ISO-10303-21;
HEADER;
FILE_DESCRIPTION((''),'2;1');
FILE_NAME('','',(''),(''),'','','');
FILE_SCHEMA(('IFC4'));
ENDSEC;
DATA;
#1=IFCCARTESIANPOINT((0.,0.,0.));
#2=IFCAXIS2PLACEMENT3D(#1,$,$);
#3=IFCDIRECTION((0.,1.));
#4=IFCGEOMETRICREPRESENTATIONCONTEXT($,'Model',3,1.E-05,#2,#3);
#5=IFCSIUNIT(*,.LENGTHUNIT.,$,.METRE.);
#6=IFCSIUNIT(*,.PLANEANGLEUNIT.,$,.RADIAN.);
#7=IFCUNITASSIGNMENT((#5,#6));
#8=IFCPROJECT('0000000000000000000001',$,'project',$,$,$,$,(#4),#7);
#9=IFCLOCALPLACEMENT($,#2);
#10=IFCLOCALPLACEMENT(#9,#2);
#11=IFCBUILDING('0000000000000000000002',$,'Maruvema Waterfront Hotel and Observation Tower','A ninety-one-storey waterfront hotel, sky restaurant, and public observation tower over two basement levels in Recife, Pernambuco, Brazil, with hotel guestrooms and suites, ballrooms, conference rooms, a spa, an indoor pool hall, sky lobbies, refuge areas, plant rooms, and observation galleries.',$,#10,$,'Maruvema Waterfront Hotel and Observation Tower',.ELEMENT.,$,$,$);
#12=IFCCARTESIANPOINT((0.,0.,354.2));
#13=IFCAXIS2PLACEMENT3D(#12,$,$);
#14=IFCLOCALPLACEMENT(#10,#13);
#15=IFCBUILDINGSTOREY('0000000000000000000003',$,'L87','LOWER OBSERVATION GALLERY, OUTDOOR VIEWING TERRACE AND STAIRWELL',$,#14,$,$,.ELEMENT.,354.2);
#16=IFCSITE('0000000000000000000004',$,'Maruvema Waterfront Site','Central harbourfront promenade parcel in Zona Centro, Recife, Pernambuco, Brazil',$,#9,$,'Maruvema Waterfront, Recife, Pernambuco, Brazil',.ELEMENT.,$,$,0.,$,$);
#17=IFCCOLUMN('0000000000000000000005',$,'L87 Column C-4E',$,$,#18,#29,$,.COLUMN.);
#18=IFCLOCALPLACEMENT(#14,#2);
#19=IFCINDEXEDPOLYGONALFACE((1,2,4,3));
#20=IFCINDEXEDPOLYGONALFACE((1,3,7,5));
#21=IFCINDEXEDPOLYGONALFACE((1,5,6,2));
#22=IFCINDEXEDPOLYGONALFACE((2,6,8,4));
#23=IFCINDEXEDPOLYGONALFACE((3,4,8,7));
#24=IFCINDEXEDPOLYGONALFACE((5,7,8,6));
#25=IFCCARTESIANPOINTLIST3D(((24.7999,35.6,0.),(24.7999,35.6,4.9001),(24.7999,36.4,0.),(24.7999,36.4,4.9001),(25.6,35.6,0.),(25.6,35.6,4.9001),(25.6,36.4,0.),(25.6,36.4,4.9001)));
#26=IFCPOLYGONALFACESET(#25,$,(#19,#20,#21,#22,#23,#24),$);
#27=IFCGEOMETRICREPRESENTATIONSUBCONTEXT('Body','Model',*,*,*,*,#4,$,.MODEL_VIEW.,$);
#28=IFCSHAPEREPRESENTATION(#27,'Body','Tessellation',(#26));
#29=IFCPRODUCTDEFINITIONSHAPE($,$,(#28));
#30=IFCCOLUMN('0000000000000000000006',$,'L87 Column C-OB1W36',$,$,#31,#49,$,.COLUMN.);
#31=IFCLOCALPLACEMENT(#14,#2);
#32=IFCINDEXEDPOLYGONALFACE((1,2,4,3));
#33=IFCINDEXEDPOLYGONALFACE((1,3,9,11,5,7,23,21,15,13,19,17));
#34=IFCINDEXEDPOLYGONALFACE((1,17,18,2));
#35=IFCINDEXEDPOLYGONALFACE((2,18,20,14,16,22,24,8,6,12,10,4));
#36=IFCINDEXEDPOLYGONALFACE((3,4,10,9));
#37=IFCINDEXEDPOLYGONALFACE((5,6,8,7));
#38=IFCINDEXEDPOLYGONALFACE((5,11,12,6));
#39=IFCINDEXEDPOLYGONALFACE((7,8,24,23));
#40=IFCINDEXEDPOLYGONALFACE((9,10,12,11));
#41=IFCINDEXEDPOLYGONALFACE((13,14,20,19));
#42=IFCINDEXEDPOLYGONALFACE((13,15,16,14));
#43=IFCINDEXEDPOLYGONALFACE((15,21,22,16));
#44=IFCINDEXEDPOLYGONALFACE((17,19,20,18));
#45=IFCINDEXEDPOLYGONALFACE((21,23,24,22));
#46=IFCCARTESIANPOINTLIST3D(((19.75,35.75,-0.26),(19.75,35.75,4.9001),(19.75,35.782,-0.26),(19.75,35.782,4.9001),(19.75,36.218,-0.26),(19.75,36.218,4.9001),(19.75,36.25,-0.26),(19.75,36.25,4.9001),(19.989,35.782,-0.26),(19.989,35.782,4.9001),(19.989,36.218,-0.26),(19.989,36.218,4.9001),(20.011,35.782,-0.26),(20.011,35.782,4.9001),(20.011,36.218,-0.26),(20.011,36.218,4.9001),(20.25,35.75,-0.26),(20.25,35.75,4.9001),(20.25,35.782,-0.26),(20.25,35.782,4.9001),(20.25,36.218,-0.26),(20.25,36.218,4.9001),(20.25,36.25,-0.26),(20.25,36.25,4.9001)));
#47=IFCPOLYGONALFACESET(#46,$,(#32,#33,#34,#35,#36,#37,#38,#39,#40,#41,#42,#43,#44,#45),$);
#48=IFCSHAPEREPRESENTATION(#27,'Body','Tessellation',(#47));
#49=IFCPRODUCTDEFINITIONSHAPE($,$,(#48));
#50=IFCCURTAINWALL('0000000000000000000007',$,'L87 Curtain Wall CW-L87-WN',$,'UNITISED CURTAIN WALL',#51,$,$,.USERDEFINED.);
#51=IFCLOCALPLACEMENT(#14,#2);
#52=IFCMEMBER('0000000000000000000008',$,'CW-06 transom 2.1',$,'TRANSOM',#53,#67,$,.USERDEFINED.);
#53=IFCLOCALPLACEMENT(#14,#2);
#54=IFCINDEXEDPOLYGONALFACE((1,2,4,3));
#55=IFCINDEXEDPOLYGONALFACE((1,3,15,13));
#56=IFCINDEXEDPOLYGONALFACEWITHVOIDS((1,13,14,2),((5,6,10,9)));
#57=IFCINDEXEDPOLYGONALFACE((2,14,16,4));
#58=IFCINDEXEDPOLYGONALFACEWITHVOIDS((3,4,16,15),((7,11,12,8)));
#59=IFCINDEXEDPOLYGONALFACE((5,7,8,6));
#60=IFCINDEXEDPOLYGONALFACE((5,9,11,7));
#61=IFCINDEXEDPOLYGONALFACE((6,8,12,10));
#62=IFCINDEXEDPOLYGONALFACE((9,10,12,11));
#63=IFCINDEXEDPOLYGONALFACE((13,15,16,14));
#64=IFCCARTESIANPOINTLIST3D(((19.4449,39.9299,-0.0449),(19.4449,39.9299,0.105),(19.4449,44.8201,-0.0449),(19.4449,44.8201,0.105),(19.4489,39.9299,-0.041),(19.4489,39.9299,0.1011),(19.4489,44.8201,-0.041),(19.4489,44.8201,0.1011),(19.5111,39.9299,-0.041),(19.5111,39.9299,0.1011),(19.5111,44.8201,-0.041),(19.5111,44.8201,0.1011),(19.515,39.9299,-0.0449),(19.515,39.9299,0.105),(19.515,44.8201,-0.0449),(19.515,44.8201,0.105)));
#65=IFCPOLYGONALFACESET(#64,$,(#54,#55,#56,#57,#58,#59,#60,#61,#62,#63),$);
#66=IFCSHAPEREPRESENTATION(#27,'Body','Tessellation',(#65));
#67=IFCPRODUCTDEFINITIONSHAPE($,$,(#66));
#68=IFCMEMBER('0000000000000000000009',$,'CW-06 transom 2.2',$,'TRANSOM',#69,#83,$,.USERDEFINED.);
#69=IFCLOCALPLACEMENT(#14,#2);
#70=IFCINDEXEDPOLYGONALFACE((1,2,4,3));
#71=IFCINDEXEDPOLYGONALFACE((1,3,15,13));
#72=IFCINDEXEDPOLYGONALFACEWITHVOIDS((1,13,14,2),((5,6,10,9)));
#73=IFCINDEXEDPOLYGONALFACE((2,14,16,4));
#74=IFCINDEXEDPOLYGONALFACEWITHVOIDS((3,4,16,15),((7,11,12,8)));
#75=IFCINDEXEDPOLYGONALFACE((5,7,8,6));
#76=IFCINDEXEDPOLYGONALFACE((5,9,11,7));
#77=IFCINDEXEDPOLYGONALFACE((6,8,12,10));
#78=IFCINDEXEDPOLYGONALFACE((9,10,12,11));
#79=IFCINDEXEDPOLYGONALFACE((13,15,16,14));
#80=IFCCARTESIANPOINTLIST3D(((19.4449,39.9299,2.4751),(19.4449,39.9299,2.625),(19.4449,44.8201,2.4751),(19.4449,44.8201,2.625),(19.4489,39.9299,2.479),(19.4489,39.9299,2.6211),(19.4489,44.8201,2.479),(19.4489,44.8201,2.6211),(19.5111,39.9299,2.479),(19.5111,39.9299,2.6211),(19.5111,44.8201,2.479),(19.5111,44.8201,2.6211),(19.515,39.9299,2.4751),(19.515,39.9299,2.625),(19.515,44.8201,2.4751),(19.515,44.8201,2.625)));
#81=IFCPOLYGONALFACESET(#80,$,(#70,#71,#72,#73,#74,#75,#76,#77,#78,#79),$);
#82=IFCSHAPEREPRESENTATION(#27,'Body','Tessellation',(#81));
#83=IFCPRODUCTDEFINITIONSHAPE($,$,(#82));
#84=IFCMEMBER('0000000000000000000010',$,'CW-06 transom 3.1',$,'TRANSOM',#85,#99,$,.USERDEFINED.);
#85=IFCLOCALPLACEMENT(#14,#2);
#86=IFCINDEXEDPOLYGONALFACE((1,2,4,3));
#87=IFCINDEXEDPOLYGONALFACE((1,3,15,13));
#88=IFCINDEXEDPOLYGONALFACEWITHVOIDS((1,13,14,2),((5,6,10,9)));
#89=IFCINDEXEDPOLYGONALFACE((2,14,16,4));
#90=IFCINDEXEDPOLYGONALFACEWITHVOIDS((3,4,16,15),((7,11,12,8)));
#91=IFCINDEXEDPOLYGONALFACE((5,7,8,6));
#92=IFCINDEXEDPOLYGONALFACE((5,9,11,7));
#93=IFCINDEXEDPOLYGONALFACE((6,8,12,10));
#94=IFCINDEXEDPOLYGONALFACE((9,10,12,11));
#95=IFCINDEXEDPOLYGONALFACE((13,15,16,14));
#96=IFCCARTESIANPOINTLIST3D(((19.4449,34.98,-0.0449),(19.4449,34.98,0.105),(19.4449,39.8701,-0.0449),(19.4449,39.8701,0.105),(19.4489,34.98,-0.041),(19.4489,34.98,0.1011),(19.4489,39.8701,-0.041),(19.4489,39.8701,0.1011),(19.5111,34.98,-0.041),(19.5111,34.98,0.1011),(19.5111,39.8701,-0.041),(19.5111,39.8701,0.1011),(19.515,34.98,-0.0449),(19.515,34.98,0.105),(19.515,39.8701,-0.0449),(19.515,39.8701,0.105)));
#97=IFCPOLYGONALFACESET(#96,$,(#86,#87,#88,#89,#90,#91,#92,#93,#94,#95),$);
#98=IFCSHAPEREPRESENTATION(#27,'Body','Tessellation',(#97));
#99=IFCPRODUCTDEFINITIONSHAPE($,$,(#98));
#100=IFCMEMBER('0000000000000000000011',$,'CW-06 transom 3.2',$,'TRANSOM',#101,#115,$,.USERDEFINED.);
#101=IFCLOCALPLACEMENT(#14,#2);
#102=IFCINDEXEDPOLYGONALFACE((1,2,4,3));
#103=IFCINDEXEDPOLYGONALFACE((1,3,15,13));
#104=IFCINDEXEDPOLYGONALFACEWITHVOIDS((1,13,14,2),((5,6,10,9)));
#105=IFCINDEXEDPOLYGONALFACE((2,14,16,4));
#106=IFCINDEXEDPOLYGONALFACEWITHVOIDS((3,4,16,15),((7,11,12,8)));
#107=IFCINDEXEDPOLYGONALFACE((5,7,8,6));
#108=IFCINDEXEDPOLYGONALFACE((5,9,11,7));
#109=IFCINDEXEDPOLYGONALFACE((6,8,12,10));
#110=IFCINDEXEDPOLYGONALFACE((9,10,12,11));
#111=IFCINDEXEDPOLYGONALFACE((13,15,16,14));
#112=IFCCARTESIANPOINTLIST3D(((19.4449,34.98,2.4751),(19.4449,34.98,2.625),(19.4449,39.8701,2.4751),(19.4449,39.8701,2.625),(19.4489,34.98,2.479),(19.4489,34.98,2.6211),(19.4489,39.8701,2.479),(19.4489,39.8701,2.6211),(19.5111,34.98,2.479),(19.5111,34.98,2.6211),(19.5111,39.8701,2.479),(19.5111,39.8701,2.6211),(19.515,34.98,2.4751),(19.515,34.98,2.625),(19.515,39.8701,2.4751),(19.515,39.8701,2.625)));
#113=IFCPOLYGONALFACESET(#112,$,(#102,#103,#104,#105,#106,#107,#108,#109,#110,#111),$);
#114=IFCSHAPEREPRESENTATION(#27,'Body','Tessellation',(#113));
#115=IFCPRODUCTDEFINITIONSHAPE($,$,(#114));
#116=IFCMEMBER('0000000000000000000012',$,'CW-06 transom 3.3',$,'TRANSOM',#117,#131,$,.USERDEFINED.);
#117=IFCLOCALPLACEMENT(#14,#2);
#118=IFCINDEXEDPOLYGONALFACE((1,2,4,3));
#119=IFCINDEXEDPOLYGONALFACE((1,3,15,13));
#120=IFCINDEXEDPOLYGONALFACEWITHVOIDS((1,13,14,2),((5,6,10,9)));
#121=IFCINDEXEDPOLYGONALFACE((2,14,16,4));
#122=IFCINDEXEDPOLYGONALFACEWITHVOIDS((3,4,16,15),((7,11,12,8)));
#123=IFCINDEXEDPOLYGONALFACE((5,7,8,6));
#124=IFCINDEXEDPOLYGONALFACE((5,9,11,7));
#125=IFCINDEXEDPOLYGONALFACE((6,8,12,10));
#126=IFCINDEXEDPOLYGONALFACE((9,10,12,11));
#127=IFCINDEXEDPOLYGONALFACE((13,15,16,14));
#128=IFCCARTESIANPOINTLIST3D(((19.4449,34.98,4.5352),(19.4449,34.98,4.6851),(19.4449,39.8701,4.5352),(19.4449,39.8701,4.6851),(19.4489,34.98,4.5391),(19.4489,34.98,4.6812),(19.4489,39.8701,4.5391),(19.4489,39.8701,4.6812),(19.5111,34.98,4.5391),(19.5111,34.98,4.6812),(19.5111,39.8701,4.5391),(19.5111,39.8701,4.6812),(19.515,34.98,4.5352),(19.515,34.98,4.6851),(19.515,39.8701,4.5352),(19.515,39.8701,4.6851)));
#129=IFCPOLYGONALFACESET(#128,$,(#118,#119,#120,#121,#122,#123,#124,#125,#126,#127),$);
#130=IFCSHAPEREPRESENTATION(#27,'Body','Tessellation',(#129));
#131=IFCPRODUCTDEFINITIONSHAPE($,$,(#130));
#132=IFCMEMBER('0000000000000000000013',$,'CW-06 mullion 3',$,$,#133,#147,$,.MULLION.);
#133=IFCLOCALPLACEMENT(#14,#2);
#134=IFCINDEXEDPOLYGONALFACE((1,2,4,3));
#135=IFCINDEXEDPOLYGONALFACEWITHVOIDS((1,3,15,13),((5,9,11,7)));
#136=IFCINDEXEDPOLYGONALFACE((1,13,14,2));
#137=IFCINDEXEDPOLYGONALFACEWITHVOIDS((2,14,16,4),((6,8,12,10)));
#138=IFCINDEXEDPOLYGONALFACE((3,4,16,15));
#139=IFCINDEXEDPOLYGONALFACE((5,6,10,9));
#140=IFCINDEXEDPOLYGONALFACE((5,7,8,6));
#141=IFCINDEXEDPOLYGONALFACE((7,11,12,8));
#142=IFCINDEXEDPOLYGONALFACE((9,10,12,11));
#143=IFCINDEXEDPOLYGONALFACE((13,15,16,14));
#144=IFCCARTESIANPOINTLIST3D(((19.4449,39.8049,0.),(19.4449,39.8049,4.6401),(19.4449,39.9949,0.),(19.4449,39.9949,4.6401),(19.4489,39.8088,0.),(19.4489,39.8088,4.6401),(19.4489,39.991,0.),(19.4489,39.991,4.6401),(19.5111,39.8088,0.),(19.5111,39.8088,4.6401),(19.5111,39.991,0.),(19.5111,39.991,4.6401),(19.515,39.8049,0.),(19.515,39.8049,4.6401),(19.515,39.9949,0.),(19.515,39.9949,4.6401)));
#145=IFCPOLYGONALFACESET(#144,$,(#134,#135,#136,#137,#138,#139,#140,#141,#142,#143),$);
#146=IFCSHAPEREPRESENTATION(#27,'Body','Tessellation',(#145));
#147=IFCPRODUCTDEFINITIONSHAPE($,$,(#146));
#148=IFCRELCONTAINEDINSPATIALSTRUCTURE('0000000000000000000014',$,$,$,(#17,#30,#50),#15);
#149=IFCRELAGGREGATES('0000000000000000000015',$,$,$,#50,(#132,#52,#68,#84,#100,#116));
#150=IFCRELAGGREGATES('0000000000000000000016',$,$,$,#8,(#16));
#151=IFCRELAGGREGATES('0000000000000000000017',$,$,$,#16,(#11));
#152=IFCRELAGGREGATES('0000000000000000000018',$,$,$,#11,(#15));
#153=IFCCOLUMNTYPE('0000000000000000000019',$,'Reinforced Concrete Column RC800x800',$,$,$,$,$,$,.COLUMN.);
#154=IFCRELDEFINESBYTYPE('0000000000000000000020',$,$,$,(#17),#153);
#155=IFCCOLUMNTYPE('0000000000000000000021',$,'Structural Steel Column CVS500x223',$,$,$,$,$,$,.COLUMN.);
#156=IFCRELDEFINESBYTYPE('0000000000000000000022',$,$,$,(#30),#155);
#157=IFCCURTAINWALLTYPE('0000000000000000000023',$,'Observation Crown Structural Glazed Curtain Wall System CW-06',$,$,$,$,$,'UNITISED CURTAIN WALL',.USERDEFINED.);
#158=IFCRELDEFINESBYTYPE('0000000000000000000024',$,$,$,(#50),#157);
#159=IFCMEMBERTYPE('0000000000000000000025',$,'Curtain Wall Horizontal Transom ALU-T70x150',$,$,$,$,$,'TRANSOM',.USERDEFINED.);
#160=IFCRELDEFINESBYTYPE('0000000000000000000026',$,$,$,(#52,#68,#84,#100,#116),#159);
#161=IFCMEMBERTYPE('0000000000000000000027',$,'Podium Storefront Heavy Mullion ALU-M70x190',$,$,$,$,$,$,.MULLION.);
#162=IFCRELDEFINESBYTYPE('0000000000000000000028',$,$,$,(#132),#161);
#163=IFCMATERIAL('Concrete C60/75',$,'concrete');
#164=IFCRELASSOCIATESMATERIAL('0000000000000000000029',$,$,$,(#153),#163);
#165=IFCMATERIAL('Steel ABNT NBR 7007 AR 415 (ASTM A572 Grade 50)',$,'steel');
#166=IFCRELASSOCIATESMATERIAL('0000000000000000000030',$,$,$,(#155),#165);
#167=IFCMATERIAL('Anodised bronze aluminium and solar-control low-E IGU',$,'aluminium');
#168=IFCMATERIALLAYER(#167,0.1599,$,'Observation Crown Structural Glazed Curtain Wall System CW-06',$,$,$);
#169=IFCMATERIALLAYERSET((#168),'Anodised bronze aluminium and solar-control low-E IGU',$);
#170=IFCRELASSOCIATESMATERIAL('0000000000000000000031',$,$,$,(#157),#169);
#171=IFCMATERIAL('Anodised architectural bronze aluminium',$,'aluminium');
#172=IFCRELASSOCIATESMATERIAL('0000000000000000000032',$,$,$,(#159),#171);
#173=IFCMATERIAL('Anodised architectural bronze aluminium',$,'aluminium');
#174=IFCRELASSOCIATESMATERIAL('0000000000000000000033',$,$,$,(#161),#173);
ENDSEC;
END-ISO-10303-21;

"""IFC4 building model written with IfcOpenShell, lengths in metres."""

from ifc_helpers import new_model, si_unit, direction, frame, origin, origin_2d, place, context, subcontext, project, spatial, rectangle, hollow_rectangle, i_section, extrude, material, layer, layer_set, material_profile, profile_set, type_object, element, aggregate, save


model = new_model("IFC4")

# Units and contexts
model_context = context("Model", 3, precision=1e-05, world=origin(), true_north=direction((0.0, 1.0)))
body_context = subcontext(model_context, "Body", "Model", "MODEL_VIEW")
ifc_project = project(units=[si_unit("LENGTHUNIT", "METRE"), si_unit("PLANEANGLEUNIT", "RADIAN")], contexts=[model_context])

# Site, building, storey
site_placement = place(None, origin())
site = spatial("IfcSite", under=ifc_project, at=site_placement, Name="Maruvema Waterfront Site", Description="Central harbourfront promenade parcel in Zona Centro, Recife, Pernambuco, Brazil", LongName="Maruvema Waterfront, Recife, Pernambuco, Brazil", CompositionType="ELEMENT", RefElevation=0.0)
building_placement = place(site_placement, origin())
building = spatial("IfcBuilding", under=site, at=building_placement, Name="Maruvema Waterfront Hotel and Observation Tower", Description="A ninety-one-storey waterfront hotel, sky restaurant, and public observation tower over two basement levels in Recife, Pernambuco, Brazil, with hotel guestrooms and suites, ballrooms, conference rooms, a spa, an indoor pool hall, sky lobbies, refuge areas, plant rooms, and observation galleries.", LongName="Maruvema Waterfront Hotel and Observation Tower", CompositionType="ELEMENT")
storey_placement = place(building_placement, frame((0.0, 0.0, 354.2)))
storey = spatial("IfcBuildingStorey", under=building, at=storey_placement, Name="L87", Description="LOWER OBSERVATION GALLERY, OUTDOOR VIEWING TERRACE AND STAIRWELL", CompositionType="ELEMENT", Elevation=354.2)

# Columns
ifc_material_1 = material(Name="Concrete C60/75", Category="concrete")
ifc_material_profile_1 = material_profile(ifc_material_1, rectangle(XDim=0.8, YDim=0.8, at=origin_2d()), Name="RC800x800")
ifc_profile_set_1 = profile_set([ifc_material_profile_1], Name="Concrete C60/75")
column_type_1 = type_object("IfcColumnType", Name="Reinforced Concrete Column RC800x800", PredefinedType="COLUMN", material=ifc_profile_set_1)
column_1_placement = place(storey_placement, frame((25.2, 36.0, 0.0), z_axis=(0.0, 0.0, 1.0), x_axis=(1.0, 0.0, 0.0)))
element("IfcColumn", 1, at=column_1_placement, inside=storey, type_object=column_type_1, Name="L87 Column C-4E", PredefinedType="COLUMN", context=body_context, shape_type="SweptSolid", body=[
    extrude(rectangle(XDim=0.8, YDim=0.8, at=origin_2d()), origin(), (0.0, 0.0, 1.0), 4.9001),
])
ifc_material_2 = material(Name="Steel ABNT NBR 7007 AR 415 (ASTM A572 Grade 50)", Category="steel")
ifc_material_profile_2 = material_profile(ifc_material_2, i_section(OverallWidth=0.5, OverallDepth=0.5, WebThickness=0.022, FlangeThickness=0.032, at=origin_2d()), Name="CVS500x223")
ifc_profile_set_2 = profile_set([ifc_material_profile_2], Name="Steel ABNT NBR 7007 AR 415 (ASTM A572 Grade 50)")
column_type_2 = type_object("IfcColumnType", Name="Structural Steel Column CVS500x223", PredefinedType="COLUMN", material=ifc_profile_set_2)
column_2_placement = place(storey_placement, frame((20.0, 36.0, -0.26), z_axis=(0.0, 0.0, 1.0), x_axis=(1.0, 0.0, 0.0)))
element("IfcColumn", 2, at=column_2_placement, inside=storey, type_object=column_type_2, Name="L87 Column C-OB1W36", PredefinedType="COLUMN", context=body_context, shape_type="SweptSolid", body=[
    extrude(i_section(OverallWidth=0.5, OverallDepth=0.5, WebThickness=0.022, FlangeThickness=0.032, at=origin_2d()), origin(), (0.0, 0.0, 1.0), 5.1602),
])

# Curtain wall, members
ifc_material_3 = material(Name="Anodised bronze aluminium and solar-control low-E IGU", Category="aluminium")
ifc_layer_1 = layer(ifc_material_3, 0.1599, Name="Observation Crown Structural Glazed Curtain Wall System CW-06")
ifc_layer_set_1 = layer_set([ifc_layer_1], Name="Anodised bronze aluminium and solar-control low-E IGU")
curtain_wall_type = type_object("IfcCurtainWallType", Name="Observation Crown Structural Glazed Curtain Wall System CW-06", ElementType="UNITISED CURTAIN WALL", PredefinedType="USERDEFINED", material=ifc_layer_set_1)
curtain_wall_placement = place(storey_placement, origin())
curtain_wall = element("IfcCurtainWall", 3, at=curtain_wall_placement, inside=storey, type_object=curtain_wall_type, Name="L87 Curtain Wall CW-L87-WN", ObjectType="UNITISED CURTAIN WALL", PredefinedType="USERDEFINED")
ifc_material_4 = material(Name="Anodised architectural bronze aluminium", Category="aluminium")
ifc_material_profile_3 = material_profile(ifc_material_4, hollow_rectangle(XDim=0.0701, YDim=0.1499, WallThickness=0.0039, at=origin_2d()), Name="ALU-T70x150")
ifc_profile_set_3 = profile_set([ifc_material_profile_3], Name="Anodised architectural bronze aluminium")
member_type_1 = type_object("IfcMemberType", Name="Curtain Wall Horizontal Transom ALU-T70x150", ElementType="TRANSOM", PredefinedType="USERDEFINED", material=ifc_profile_set_3)
member_1_placement = place(storey_placement, frame((19.48, 44.8201, 0.03), z_axis=(0.0, -1.0, 0.0), x_axis=(1.0, 0.0, 0.0)))
member_1 = element("IfcMember", 4, at=member_1_placement, type_object=member_type_1, Name="CW-06 transom 2.1", ObjectType="TRANSOM", PredefinedType="USERDEFINED", context=body_context, shape_type="SweptSolid", body=[
    extrude(hollow_rectangle(XDim=0.0701, YDim=0.1499, WallThickness=0.0039, at=origin_2d()), origin(), (0.0, 0.0, 1.0), 4.8901),
])
member_2_placement = place(storey_placement, frame((19.48, 44.8201, 2.55), z_axis=(0.0, -1.0, 0.0), x_axis=(1.0, 0.0, 0.0)))
member_2 = element("IfcMember", 5, at=member_2_placement, type_object=member_type_1, Name="CW-06 transom 2.2", ObjectType="TRANSOM", PredefinedType="USERDEFINED", context=body_context, shape_type="SweptSolid", body=[
    extrude(hollow_rectangle(XDim=0.0701, YDim=0.1499, WallThickness=0.0039, at=origin_2d()), origin(), (0.0, 0.0, 1.0), 4.8901),
])
member_3_placement = place(storey_placement, frame((19.48, 39.8701, 0.03), z_axis=(0.0, -1.0, 0.0), x_axis=(1.0, 0.0, 0.0)))
member_3 = element("IfcMember", 6, at=member_3_placement, type_object=member_type_1, Name="CW-06 transom 3.1", ObjectType="TRANSOM", PredefinedType="USERDEFINED", context=body_context, shape_type="SweptSolid", body=[
    extrude(hollow_rectangle(XDim=0.0701, YDim=0.1499, WallThickness=0.0039, at=origin_2d()), origin(), (0.0, 0.0, 1.0), 4.8901),
])
member_4_placement = place(storey_placement, frame((19.48, 39.8701, 2.55), z_axis=(0.0, -1.0, 0.0), x_axis=(1.0, 0.0, 0.0)))
member_4 = element("IfcMember", 7, at=member_4_placement, type_object=member_type_1, Name="CW-06 transom 3.2", ObjectType="TRANSOM", PredefinedType="USERDEFINED", context=body_context, shape_type="SweptSolid", body=[
    extrude(hollow_rectangle(XDim=0.0701, YDim=0.1499, WallThickness=0.0039, at=origin_2d()), origin(), (0.0, 0.0, 1.0), 4.8901),
])
member_5_placement = place(storey_placement, frame((19.48, 39.8701, 4.6101), z_axis=(0.0, -1.0, 0.0), x_axis=(1.0, 0.0, 0.0)))
member_5 = element("IfcMember", 8, at=member_5_placement, type_object=member_type_1, Name="CW-06 transom 3.3", ObjectType="TRANSOM", PredefinedType="USERDEFINED", context=body_context, shape_type="SweptSolid", body=[
    extrude(hollow_rectangle(XDim=0.0701, YDim=0.1499, WallThickness=0.0039, at=origin_2d()), origin(), (0.0, 0.0, 1.0), 4.8901),
])
ifc_material_5 = material(Name="Anodised architectural bronze aluminium", Category="aluminium")
ifc_material_profile_4 = material_profile(ifc_material_5, hollow_rectangle(XDim=0.0701, YDim=0.1899, WallThickness=0.0039, at=origin_2d()), Name="ALU-M70x190")
ifc_profile_set_4 = profile_set([ifc_material_profile_4], Name="Anodised architectural bronze aluminium")
member_type_2 = type_object("IfcMemberType", Name="Podium Storefront Heavy Mullion ALU-M70x190", PredefinedType="MULLION", material=ifc_profile_set_4)
member_6_placement = place(storey_placement, frame((19.48, 39.8999, 0.0), z_axis=(0.0, 0.0, 1.0), x_axis=(1.0, 0.0, 0.0)))
member_6 = element("IfcMember", 9, at=member_6_placement, type_object=member_type_2, Name="CW-06 mullion 3", PredefinedType="MULLION", context=body_context, shape_type="SweptSolid", body=[
    extrude(hollow_rectangle(XDim=0.0701, YDim=0.1899, WallThickness=0.0039, at=origin_2d()), origin(), (0.0, 0.0, 1.0), 4.6401),
])

aggregate(curtain_wall, [member_6, member_1, member_2, member_3, member_4, member_5])

save(model, "model.ifc")
